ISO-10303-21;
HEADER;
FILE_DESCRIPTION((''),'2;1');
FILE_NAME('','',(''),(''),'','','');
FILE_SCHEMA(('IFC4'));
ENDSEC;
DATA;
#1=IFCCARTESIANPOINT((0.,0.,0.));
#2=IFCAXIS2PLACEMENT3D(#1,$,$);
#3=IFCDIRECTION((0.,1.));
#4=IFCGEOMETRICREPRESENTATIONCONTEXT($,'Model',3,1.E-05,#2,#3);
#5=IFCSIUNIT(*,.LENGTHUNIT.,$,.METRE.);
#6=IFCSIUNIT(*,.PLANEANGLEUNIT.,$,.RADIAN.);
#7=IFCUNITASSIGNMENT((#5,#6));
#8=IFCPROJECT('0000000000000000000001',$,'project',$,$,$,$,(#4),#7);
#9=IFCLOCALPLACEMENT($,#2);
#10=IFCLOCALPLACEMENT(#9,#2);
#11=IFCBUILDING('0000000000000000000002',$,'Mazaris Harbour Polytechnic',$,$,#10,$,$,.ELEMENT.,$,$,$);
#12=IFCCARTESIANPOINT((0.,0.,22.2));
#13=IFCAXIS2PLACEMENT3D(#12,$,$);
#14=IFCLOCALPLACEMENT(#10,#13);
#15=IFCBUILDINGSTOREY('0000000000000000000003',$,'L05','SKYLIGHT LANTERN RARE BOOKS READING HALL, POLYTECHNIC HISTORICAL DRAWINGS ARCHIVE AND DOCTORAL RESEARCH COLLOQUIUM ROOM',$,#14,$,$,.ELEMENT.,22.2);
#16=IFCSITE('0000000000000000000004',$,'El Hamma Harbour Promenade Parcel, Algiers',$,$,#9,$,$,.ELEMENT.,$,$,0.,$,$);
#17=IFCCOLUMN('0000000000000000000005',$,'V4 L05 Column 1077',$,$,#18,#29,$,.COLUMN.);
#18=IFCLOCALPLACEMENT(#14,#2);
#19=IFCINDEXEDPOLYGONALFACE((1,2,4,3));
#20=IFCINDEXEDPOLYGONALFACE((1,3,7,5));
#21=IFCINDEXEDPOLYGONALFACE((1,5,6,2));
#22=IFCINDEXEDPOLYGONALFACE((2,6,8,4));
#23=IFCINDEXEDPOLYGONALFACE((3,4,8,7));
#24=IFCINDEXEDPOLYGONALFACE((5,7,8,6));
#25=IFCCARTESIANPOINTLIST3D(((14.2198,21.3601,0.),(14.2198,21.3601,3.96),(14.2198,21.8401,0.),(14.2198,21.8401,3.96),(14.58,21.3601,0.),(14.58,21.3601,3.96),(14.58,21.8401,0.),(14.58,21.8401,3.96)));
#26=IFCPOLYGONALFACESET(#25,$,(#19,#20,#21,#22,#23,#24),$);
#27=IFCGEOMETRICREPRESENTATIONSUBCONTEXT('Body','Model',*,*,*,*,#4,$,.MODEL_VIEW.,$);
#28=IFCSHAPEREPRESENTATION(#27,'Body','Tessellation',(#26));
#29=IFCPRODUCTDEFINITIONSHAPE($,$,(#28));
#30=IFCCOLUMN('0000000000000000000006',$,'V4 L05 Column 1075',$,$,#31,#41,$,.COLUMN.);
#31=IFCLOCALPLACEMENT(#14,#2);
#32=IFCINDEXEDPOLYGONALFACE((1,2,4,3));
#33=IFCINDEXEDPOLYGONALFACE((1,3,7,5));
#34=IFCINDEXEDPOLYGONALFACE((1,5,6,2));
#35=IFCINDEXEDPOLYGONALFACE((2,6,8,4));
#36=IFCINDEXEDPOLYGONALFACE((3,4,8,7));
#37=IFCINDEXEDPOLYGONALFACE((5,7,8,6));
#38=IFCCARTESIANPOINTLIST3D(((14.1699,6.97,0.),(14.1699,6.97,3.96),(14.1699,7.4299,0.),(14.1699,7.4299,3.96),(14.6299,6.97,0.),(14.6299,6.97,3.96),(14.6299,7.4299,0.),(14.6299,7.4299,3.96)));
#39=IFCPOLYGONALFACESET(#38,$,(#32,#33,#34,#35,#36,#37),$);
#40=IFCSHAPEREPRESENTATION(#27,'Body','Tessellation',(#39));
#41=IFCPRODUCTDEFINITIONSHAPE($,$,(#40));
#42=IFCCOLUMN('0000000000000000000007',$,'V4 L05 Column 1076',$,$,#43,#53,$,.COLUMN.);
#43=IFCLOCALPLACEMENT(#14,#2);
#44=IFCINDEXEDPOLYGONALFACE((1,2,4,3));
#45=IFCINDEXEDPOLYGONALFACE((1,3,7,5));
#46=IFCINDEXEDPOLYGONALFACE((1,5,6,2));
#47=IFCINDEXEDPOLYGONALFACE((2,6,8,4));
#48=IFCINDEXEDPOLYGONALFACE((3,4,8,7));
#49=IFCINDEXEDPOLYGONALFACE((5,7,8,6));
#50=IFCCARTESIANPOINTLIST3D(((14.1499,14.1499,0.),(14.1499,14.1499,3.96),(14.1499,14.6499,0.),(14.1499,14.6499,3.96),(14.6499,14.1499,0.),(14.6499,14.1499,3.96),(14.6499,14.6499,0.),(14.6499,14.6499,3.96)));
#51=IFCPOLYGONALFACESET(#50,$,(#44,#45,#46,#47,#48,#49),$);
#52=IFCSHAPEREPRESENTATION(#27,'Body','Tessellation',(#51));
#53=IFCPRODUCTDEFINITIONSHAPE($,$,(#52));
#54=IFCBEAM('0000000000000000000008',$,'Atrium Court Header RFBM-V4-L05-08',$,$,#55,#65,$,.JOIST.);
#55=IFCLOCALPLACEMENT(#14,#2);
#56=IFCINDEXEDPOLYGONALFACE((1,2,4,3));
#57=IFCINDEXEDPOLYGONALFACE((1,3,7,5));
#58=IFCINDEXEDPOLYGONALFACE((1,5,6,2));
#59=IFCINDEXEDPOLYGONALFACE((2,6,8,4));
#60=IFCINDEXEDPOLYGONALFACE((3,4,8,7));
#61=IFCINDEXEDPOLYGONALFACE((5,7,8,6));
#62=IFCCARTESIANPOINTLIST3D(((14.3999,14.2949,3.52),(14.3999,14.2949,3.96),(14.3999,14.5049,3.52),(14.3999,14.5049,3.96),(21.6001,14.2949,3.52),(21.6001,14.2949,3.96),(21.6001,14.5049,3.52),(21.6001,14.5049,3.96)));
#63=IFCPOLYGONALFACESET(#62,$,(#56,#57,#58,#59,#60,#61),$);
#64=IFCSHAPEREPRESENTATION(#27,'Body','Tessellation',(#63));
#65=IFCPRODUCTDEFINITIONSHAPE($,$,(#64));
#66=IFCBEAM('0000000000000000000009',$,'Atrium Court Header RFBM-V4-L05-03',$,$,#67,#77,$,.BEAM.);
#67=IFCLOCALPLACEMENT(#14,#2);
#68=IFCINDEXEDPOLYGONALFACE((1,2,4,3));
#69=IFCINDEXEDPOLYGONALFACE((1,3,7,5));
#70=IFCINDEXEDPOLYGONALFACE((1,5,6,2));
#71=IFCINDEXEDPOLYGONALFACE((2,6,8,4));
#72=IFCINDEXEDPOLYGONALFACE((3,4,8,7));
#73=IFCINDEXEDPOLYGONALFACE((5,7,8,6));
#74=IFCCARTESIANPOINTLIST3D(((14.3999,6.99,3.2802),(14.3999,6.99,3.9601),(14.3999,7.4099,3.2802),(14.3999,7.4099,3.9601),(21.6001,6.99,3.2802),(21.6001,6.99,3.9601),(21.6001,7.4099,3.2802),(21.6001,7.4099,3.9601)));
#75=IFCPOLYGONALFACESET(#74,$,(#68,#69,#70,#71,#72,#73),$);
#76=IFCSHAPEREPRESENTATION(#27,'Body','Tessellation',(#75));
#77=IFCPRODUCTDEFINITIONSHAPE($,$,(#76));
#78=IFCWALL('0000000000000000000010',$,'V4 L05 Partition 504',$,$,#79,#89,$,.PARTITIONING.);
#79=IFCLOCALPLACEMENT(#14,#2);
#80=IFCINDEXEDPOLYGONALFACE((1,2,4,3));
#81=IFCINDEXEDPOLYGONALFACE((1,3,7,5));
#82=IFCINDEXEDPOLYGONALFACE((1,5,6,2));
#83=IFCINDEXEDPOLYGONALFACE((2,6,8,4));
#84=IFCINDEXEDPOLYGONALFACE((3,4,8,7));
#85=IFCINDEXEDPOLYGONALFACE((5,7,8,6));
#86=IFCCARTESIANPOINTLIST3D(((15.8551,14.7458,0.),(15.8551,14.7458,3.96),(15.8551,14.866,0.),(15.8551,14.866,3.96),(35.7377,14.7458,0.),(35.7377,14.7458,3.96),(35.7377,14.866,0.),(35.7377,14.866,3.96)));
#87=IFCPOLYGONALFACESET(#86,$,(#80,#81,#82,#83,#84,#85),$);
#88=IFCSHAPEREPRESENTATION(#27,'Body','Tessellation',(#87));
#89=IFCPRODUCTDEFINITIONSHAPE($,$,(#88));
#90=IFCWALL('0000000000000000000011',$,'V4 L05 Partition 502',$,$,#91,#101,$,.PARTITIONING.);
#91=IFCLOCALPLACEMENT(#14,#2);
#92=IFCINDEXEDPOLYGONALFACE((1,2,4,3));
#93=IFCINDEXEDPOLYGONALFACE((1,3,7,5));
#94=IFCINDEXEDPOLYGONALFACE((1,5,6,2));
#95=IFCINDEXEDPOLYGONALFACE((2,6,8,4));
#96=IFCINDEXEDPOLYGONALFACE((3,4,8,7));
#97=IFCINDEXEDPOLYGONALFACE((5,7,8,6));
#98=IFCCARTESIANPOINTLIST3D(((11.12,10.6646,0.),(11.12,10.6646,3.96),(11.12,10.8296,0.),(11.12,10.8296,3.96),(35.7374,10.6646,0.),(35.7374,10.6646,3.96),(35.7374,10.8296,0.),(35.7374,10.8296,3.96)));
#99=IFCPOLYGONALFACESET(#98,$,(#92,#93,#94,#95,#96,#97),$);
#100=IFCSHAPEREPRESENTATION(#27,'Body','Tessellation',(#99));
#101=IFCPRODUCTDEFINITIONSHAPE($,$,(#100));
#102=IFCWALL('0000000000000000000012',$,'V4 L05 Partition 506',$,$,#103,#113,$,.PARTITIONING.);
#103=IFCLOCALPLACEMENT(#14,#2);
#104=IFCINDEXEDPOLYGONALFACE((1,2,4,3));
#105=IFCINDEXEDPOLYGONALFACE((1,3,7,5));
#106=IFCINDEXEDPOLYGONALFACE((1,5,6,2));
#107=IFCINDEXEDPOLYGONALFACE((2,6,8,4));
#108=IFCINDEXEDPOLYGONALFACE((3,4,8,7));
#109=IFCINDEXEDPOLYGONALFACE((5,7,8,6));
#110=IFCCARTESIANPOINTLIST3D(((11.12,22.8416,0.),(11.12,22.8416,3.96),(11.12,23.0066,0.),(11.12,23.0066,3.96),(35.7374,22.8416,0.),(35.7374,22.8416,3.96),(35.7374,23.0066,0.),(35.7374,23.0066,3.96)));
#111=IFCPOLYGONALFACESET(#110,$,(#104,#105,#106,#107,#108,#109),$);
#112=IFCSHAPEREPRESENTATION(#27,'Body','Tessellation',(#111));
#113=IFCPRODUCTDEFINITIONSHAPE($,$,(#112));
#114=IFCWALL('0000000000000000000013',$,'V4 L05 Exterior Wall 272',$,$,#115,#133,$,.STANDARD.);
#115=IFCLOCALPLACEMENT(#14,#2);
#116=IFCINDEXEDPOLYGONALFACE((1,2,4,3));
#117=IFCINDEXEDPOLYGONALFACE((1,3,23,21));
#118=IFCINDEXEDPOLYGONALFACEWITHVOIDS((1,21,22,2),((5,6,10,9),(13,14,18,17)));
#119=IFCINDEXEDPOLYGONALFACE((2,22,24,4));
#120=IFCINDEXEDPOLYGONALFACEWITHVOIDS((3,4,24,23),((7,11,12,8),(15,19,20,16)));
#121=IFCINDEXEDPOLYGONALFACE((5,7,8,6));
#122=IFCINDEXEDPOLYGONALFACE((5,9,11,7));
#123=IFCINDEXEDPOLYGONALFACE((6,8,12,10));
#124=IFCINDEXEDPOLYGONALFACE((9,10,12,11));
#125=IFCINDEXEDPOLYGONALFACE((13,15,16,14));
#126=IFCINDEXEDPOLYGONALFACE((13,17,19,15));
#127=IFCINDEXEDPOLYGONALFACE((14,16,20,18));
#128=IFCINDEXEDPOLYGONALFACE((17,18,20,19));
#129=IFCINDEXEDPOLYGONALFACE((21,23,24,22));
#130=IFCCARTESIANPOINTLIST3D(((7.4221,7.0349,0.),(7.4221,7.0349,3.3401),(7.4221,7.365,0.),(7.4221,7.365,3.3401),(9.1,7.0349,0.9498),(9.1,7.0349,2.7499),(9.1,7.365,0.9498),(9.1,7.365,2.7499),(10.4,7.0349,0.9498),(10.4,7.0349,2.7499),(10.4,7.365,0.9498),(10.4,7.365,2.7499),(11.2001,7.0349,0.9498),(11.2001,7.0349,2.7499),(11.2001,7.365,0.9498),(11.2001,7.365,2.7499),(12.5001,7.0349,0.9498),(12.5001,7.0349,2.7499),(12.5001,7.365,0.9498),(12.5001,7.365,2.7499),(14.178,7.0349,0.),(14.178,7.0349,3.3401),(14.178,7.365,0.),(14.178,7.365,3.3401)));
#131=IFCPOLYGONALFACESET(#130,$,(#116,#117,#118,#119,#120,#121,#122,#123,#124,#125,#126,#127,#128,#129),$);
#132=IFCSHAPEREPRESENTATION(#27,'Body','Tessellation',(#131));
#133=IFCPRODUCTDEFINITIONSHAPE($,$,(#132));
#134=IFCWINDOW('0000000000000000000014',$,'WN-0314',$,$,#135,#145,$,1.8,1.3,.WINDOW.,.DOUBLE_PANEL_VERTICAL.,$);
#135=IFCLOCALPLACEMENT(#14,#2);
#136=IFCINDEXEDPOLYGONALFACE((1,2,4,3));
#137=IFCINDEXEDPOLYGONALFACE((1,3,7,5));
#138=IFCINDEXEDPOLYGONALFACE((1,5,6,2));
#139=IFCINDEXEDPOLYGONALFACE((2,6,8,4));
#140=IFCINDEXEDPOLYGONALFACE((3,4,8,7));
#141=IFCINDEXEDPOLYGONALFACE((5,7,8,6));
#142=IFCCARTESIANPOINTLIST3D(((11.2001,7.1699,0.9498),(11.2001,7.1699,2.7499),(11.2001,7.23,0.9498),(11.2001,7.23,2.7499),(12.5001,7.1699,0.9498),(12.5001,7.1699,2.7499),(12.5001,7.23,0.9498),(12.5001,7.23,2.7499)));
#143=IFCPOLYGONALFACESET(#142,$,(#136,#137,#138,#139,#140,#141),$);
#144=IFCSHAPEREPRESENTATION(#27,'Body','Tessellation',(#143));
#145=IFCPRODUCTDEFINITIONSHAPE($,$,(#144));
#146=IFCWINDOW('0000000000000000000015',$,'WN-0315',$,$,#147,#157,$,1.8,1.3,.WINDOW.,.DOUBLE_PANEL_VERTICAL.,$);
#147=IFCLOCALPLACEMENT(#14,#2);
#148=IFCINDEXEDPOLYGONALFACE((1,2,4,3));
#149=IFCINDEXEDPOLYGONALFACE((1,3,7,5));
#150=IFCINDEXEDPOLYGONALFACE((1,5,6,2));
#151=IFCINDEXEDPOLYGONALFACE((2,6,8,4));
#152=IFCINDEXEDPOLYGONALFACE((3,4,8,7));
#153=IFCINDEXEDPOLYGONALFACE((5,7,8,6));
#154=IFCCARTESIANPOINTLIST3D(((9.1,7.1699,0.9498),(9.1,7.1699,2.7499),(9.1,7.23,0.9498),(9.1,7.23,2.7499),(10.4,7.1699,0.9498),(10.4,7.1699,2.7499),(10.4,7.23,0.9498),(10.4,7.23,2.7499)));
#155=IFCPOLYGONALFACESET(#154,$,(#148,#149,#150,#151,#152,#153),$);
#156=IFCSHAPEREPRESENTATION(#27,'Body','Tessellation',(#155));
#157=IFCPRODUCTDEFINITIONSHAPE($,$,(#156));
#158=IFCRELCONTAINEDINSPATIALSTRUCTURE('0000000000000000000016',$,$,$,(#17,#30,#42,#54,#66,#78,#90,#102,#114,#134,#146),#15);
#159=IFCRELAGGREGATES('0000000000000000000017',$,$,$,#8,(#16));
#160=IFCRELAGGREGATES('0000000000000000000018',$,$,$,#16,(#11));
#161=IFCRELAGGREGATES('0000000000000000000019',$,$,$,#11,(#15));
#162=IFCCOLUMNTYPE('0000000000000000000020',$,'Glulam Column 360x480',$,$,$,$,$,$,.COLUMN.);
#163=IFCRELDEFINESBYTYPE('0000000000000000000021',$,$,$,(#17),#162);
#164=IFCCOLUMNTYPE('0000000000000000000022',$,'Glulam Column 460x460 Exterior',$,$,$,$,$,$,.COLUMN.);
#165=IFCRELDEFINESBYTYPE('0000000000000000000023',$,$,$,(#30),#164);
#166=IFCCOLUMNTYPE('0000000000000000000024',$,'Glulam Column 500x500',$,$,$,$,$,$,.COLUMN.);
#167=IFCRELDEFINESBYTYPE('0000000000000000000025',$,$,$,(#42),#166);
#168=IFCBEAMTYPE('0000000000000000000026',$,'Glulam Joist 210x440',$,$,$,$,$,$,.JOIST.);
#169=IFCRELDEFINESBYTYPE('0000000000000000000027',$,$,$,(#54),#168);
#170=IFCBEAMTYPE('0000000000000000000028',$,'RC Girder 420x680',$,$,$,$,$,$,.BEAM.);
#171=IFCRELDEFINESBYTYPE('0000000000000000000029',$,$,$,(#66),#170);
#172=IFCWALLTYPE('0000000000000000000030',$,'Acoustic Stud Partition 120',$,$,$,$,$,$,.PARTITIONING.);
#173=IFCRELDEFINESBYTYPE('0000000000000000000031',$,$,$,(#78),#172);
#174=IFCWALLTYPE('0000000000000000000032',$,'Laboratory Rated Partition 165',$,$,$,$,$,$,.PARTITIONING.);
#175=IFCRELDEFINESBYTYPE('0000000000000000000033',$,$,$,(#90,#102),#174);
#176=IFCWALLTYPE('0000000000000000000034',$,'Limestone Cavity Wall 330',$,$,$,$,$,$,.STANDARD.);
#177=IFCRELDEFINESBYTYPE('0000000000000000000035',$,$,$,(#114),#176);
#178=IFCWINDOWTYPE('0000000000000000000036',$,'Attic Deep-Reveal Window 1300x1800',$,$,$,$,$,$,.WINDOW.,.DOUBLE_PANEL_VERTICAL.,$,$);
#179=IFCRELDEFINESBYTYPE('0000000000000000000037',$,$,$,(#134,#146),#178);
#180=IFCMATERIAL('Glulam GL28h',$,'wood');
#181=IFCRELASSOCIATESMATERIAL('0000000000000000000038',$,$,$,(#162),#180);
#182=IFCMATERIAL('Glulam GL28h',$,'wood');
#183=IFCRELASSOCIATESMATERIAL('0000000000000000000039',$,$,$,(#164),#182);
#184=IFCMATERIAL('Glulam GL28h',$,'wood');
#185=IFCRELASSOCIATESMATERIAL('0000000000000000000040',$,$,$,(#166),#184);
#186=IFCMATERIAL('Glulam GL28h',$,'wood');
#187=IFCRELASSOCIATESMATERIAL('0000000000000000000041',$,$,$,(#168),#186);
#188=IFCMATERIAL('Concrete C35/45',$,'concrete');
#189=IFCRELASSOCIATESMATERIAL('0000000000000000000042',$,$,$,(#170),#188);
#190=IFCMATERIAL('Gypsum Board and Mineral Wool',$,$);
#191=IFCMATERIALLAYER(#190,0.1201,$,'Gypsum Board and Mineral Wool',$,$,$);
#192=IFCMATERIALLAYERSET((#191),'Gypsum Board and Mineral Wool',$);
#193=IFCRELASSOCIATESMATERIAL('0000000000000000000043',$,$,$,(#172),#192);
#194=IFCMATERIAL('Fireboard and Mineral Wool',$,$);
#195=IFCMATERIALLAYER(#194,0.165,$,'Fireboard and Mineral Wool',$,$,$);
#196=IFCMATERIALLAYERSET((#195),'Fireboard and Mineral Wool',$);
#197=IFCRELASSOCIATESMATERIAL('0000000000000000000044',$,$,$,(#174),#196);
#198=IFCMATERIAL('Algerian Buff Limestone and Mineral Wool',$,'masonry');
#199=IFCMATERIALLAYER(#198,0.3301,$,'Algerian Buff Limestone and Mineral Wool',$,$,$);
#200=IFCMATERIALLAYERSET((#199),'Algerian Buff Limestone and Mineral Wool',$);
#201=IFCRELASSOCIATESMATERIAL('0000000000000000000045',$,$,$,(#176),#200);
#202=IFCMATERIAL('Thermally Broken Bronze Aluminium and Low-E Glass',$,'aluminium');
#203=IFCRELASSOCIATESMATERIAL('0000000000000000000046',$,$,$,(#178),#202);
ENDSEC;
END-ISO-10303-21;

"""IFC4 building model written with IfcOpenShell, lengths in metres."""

from ifc_helpers import new_model, si_unit, direction, frame, frame_2d, origin, origin_2d, place, context, subcontext, project, spatial, rectangle, extrude, material, layer, layer_set, material_profile, profile_set, type_object, element, fill, save


model = new_model("IFC4")

# Units and contexts
model_context = context("Model", 3, precision=1e-05, world=origin(), true_north=direction((0.0, 1.0)))
body_context = subcontext(model_context, "Body", "Model", "MODEL_VIEW")
ifc_project = project(units=[si_unit("LENGTHUNIT", "METRE"), si_unit("PLANEANGLEUNIT", "RADIAN")], contexts=[model_context])

# Site, building, storey
site_placement = place(None, origin())
site = spatial("IfcSite", under=ifc_project, at=site_placement, Name="El Hamma Harbour Promenade Parcel, Algiers", CompositionType="ELEMENT", RefElevation=0.0)
building_placement = place(site_placement, origin())
building = spatial("IfcBuilding", under=site, at=building_placement, Name="Mazaris Harbour Polytechnic", CompositionType="ELEMENT")
storey_placement = place(building_placement, frame((0.0, 0.0, 22.2)))
storey = spatial("IfcBuildingStorey", under=building, at=storey_placement, Name="L05", Description="SKYLIGHT LANTERN RARE BOOKS READING HALL, POLYTECHNIC HISTORICAL DRAWINGS ARCHIVE AND DOCTORAL RESEARCH COLLOQUIUM ROOM", CompositionType="ELEMENT", Elevation=22.2)

# Columns
ifc_material_1 = material(Name="Glulam GL28h", Category="wood")
ifc_material_profile_1 = material_profile(ifc_material_1, rectangle(XDim=0.3601, YDim=0.48, at=origin_2d()), Name="RECT360x480")
ifc_profile_set_1 = profile_set([ifc_material_profile_1], Name="Glulam GL28h")
column_type_1 = type_object("IfcColumnType", Name="Glulam Column 360x480", PredefinedType="COLUMN", material=ifc_profile_set_1)
column_1_placement = place(storey_placement, frame((14.3999, 21.6001, 0.0), z_axis=(0.0, 0.0, 1.0), x_axis=(1.0, 0.0, 0.0)))
element("IfcColumn", 1, at=column_1_placement, inside=storey, type_object=column_type_1, Name="V4 L05 Column 1077", PredefinedType="COLUMN", context=body_context, shape_type="SweptSolid", body=[
    extrude(rectangle(XDim=0.3601, YDim=0.48, at=origin_2d()), origin(), (0.0, 0.0, 1.0), 3.96),
])
ifc_material_2 = material(Name="Glulam GL28h", Category="wood")
ifc_material_profile_2 = material_profile(ifc_material_2, rectangle(XDim=0.46, YDim=0.46, at=origin_2d()), Name="RECT460x460")
ifc_profile_set_2 = profile_set([ifc_material_profile_2], Name="Glulam GL28h")
column_type_2 = type_object("IfcColumnType", Name="Glulam Column 460x460 Exterior", PredefinedType="COLUMN", material=ifc_profile_set_2)
column_2_placement = place(storey_placement, frame((14.3999, 7.2, 0.0), z_axis=(0.0, 0.0, 1.0), x_axis=(1.0, 0.0, 0.0)))
element("IfcColumn", 2, at=column_2_placement, inside=storey, type_object=column_type_2, Name="V4 L05 Column 1075", PredefinedType="COLUMN", context=body_context, shape_type="SweptSolid", body=[
    extrude(rectangle(XDim=0.46, YDim=0.46, at=origin_2d()), origin(), (0.0, 0.0, 1.0), 3.96),
])
ifc_material_3 = material(Name="Glulam GL28h", Category="wood")
ifc_material_profile_3 = material_profile(ifc_material_3, rectangle(XDim=0.5, YDim=0.5, at=origin_2d()), Name="RECT500x500")
ifc_profile_set_3 = profile_set([ifc_material_profile_3], Name="Glulam GL28h")
column_type_3 = type_object("IfcColumnType", Name="Glulam Column 500x500", PredefinedType="COLUMN", material=ifc_profile_set_3)
column_3_placement = place(storey_placement, frame((14.3999, 14.3999, 0.0), z_axis=(0.0, 0.0, 1.0), x_axis=(1.0, 0.0, 0.0)))
element("IfcColumn", 3, at=column_3_placement, inside=storey, type_object=column_type_3, Name="V4 L05 Column 1076", PredefinedType="COLUMN", context=body_context, shape_type="SweptSolid", body=[
    extrude(rectangle(XDim=0.5, YDim=0.5, at=origin_2d()), origin(), (0.0, 0.0, 1.0), 3.96),
])

# Beams
ifc_material_4 = material(Name="Glulam GL28h", Category="wood")
ifc_material_profile_4 = material_profile(ifc_material_4, rectangle(XDim=0.21, YDim=0.4399, at=origin_2d()), Name="RECT210x440")
ifc_profile_set_4 = profile_set([ifc_material_profile_4], Name="Glulam GL28h")
beam_type_1 = type_object("IfcBeamType", Name="Glulam Joist 210x440", PredefinedType="JOIST", material=ifc_profile_set_4)
beam_1_placement = place(storey_placement, frame((14.3999, 14.3999, 3.74), z_axis=(1.0, 0.0, 0.0), x_axis=(0.0, 1.0, 0.0)))
element("IfcBeam", 4, at=beam_1_placement, inside=storey, type_object=beam_type_1, Name="Atrium Court Header RFBM-V4-L05-08", PredefinedType="JOIST", context=body_context, shape_type="SweptSolid", body=[
    extrude(rectangle(XDim=0.21, YDim=0.4399, at=origin_2d()), origin(), (0.0, 0.0, 1.0), 7.2002),
])
ifc_material_5 = material(Name="Concrete C35/45", Category="concrete")
ifc_material_profile_5 = material_profile(ifc_material_5, rectangle(XDim=0.4199, YDim=0.6799, at=origin_2d()), Name="RECT420x680")
ifc_profile_set_5 = profile_set([ifc_material_profile_5], Name="Concrete C35/45")
beam_type_2 = type_object("IfcBeamType", Name="RC Girder 420x680", PredefinedType="BEAM", material=ifc_profile_set_5)
beam_2_placement = place(storey_placement, frame((14.3999, 7.2, 3.6201), z_axis=(1.0, 0.0, 0.0), x_axis=(0.0, 1.0, 0.0)))
element("IfcBeam", 5, at=beam_2_placement, inside=storey, type_object=beam_type_2, Name="Atrium Court Header RFBM-V4-L05-03", PredefinedType="BEAM", context=body_context, shape_type="SweptSolid", body=[
    extrude(rectangle(XDim=0.4199, YDim=0.6799, at=origin_2d()), origin(), (0.0, 0.0, 1.0), 7.2002),
])

# Wall
ifc_material_6 = material(Name="Gypsum Board and Mineral Wool")
ifc_layer_1 = layer(ifc_material_6, 0.1201, Name="Gypsum Board and Mineral Wool")
ifc_layer_set_1 = layer_set([ifc_layer_1], Name="Gypsum Board and Mineral Wool")
wall_type_1 = type_object("IfcWallType", Name="Acoustic Stud Partition 120", PredefinedType="PARTITIONING", material=ifc_layer_set_1)
wall_1_placement = place(storey_placement, frame((15.855, 14.8059, 0.0), z_axis=(0.0, 0.0, 1.0), x_axis=(1.0, 0.0, 0.0)))
element("IfcWall", 6, at=wall_1_placement, inside=storey, type_object=wall_type_1, Name="V4 L05 Partition 504", PredefinedType="PARTITIONING", context=body_context, shape_type="SweptSolid", body=[
    extrude(rectangle(XDim=19.8826, YDim=0.1201, at=frame_2d((9.9414, 0.0))), origin(), (0.0, 0.0, 1.0), 3.96),
])

# Walls
ifc_material_7 = material(Name="Fireboard and Mineral Wool")
ifc_layer_2 = layer(ifc_material_7, 0.165, Name="Fireboard and Mineral Wool")
ifc_layer_set_2 = layer_set([ifc_layer_2], Name="Fireboard and Mineral Wool")
wall_type_2 = type_object("IfcWallType", Name="Laboratory Rated Partition 165", PredefinedType="PARTITIONING", material=ifc_layer_set_2)
for number, where, z_axis, x_axis, name in (
    (7, (11.1201, 10.7471, 0.0), (0.0, 0.0, 1.0), (1.0, 0.0, 0.0), "V4 L05 Partition 502"),
    (8, (11.1201, 22.9241, 0.0), (0.0, 0.0, 1.0), (1.0, 0.0, 0.0), "V4 L05 Partition 506"),
):
    element("IfcWall", number, at=place(storey_placement, frame(where, z_axis=z_axis, x_axis=x_axis)), inside=storey, type_object=wall_type_2, Name=name, PredefinedType="PARTITIONING", context=body_context, shape_type="SweptSolid", body=[
        extrude(rectangle(XDim=24.6174, YDim=0.165, at=frame_2d((12.3086, 0.0))), origin(), (0.0, 0.0, 1.0), 3.96),
    ])

# Wall, openings, windows
ifc_material_8 = material(Name="Algerian Buff Limestone and Mineral Wool", Category="masonry")
ifc_layer_3 = layer(ifc_material_8, 0.3301, Name="Algerian Buff Limestone and Mineral Wool")
ifc_layer_set_3 = layer_set([ifc_layer_3], Name="Algerian Buff Limestone and Mineral Wool")
wall_type_3 = type_object("IfcWallType", Name="Limestone Cavity Wall 330", PredefinedType="STANDARD", material=ifc_layer_set_3)
wall_2_placement = place(storey_placement, frame((14.178, 7.2, 0.0), z_axis=(0.0, 0.0, 1.0), x_axis=(-1.0, 0.0, 0.0)))
wall_2 = element("IfcWall", 9, at=wall_2_placement, inside=storey, type_object=wall_type_3, Name="V4 L05 Exterior Wall 272", PredefinedType="STANDARD", context=body_context, shape_type="SweptSolid", body=[
    extrude(rectangle(XDim=6.7559, YDim=0.3301, at=frame_2d((3.3779, 0.0))), origin(), (0.0, 0.0, 1.0), 3.3401),
])
opening_1_placement = place(wall_2_placement, frame((1.678, 0.0, 0.95)))
opening_1 = element("IfcOpeningElement", 10, at=opening_1_placement, cuts=wall_2, PredefinedType="OPENING", context=body_context, shape_type="SweptSolid", body=[
    extrude(rectangle(XDim=1.3, YDim=1.8, at=frame_2d((0.6499, 0.8999))), frame((0.0, 0.175, 0.0), z_axis=(0.0, -1.0, 0.0), x_axis=(1.0, 0.0, 0.0)), (0.0, 0.0, 1.0), 0.3501),
])
opening_2_placement = place(wall_2_placement, frame((3.7781, 0.0, 0.95)))
opening_2 = element("IfcOpeningElement", 11, at=opening_2_placement, cuts=wall_2, PredefinedType="OPENING", context=body_context, shape_type="SweptSolid", body=[
    extrude(rectangle(XDim=1.3, YDim=1.8, at=frame_2d((0.6499, 0.8999))), frame((0.0, 0.175, 0.0), z_axis=(0.0, -1.0, 0.0), x_axis=(1.0, 0.0, 0.0)), (0.0, 0.0, 1.0), 0.3501),
])
ifc_material_9 = material(Name="Thermally Broken Bronze Aluminium and Low-E Glass", Category="aluminium")
window_type = type_object("IfcWindowType", Name="Attic Deep-Reveal Window 1300x1800", PartitioningType="DOUBLE_PANEL_VERTICAL", PredefinedType="WINDOW", material=ifc_material_9)
window_1_placement = place(opening_1_placement, origin())
window_1 = element("IfcWindow", 12, at=window_1_placement, inside=storey, type_object=window_type, Name="WN-0314", OverallHeight=1.8, OverallWidth=1.3, PartitioningType="DOUBLE_PANEL_VERTICAL", PredefinedType="WINDOW", context=body_context, shape_type="SweptSolid", body=[
    extrude(rectangle(XDim=1.3, YDim=1.8, at=frame_2d((0.6499, 0.8999))), frame((0.0, 0.03, 0.0), z_axis=(0.0, -1.0, 0.0), x_axis=(1.0, 0.0, 0.0)), (0.0, 0.0, 1.0), 0.0601),
])
fill(opening_1, window_1)
window_2_placement = place(opening_2_placement, origin())
window_2 = element("IfcWindow", 13, at=window_2_placement, inside=storey, type_object=window_type, Name="WN-0315", OverallHeight=1.8, OverallWidth=1.3, PartitioningType="DOUBLE_PANEL_VERTICAL", PredefinedType="WINDOW", context=body_context, shape_type="SweptSolid", body=[
    extrude(rectangle(XDim=1.3, YDim=1.8, at=frame_2d((0.6499, 0.8999))), frame((0.0, 0.03, 0.0), z_axis=(0.0, -1.0, 0.0), x_axis=(1.0, 0.0, 0.0)), (0.0, 0.0, 1.0), 0.0601),
])
fill(opening_2, window_2)

save(model, "model.ifc")
